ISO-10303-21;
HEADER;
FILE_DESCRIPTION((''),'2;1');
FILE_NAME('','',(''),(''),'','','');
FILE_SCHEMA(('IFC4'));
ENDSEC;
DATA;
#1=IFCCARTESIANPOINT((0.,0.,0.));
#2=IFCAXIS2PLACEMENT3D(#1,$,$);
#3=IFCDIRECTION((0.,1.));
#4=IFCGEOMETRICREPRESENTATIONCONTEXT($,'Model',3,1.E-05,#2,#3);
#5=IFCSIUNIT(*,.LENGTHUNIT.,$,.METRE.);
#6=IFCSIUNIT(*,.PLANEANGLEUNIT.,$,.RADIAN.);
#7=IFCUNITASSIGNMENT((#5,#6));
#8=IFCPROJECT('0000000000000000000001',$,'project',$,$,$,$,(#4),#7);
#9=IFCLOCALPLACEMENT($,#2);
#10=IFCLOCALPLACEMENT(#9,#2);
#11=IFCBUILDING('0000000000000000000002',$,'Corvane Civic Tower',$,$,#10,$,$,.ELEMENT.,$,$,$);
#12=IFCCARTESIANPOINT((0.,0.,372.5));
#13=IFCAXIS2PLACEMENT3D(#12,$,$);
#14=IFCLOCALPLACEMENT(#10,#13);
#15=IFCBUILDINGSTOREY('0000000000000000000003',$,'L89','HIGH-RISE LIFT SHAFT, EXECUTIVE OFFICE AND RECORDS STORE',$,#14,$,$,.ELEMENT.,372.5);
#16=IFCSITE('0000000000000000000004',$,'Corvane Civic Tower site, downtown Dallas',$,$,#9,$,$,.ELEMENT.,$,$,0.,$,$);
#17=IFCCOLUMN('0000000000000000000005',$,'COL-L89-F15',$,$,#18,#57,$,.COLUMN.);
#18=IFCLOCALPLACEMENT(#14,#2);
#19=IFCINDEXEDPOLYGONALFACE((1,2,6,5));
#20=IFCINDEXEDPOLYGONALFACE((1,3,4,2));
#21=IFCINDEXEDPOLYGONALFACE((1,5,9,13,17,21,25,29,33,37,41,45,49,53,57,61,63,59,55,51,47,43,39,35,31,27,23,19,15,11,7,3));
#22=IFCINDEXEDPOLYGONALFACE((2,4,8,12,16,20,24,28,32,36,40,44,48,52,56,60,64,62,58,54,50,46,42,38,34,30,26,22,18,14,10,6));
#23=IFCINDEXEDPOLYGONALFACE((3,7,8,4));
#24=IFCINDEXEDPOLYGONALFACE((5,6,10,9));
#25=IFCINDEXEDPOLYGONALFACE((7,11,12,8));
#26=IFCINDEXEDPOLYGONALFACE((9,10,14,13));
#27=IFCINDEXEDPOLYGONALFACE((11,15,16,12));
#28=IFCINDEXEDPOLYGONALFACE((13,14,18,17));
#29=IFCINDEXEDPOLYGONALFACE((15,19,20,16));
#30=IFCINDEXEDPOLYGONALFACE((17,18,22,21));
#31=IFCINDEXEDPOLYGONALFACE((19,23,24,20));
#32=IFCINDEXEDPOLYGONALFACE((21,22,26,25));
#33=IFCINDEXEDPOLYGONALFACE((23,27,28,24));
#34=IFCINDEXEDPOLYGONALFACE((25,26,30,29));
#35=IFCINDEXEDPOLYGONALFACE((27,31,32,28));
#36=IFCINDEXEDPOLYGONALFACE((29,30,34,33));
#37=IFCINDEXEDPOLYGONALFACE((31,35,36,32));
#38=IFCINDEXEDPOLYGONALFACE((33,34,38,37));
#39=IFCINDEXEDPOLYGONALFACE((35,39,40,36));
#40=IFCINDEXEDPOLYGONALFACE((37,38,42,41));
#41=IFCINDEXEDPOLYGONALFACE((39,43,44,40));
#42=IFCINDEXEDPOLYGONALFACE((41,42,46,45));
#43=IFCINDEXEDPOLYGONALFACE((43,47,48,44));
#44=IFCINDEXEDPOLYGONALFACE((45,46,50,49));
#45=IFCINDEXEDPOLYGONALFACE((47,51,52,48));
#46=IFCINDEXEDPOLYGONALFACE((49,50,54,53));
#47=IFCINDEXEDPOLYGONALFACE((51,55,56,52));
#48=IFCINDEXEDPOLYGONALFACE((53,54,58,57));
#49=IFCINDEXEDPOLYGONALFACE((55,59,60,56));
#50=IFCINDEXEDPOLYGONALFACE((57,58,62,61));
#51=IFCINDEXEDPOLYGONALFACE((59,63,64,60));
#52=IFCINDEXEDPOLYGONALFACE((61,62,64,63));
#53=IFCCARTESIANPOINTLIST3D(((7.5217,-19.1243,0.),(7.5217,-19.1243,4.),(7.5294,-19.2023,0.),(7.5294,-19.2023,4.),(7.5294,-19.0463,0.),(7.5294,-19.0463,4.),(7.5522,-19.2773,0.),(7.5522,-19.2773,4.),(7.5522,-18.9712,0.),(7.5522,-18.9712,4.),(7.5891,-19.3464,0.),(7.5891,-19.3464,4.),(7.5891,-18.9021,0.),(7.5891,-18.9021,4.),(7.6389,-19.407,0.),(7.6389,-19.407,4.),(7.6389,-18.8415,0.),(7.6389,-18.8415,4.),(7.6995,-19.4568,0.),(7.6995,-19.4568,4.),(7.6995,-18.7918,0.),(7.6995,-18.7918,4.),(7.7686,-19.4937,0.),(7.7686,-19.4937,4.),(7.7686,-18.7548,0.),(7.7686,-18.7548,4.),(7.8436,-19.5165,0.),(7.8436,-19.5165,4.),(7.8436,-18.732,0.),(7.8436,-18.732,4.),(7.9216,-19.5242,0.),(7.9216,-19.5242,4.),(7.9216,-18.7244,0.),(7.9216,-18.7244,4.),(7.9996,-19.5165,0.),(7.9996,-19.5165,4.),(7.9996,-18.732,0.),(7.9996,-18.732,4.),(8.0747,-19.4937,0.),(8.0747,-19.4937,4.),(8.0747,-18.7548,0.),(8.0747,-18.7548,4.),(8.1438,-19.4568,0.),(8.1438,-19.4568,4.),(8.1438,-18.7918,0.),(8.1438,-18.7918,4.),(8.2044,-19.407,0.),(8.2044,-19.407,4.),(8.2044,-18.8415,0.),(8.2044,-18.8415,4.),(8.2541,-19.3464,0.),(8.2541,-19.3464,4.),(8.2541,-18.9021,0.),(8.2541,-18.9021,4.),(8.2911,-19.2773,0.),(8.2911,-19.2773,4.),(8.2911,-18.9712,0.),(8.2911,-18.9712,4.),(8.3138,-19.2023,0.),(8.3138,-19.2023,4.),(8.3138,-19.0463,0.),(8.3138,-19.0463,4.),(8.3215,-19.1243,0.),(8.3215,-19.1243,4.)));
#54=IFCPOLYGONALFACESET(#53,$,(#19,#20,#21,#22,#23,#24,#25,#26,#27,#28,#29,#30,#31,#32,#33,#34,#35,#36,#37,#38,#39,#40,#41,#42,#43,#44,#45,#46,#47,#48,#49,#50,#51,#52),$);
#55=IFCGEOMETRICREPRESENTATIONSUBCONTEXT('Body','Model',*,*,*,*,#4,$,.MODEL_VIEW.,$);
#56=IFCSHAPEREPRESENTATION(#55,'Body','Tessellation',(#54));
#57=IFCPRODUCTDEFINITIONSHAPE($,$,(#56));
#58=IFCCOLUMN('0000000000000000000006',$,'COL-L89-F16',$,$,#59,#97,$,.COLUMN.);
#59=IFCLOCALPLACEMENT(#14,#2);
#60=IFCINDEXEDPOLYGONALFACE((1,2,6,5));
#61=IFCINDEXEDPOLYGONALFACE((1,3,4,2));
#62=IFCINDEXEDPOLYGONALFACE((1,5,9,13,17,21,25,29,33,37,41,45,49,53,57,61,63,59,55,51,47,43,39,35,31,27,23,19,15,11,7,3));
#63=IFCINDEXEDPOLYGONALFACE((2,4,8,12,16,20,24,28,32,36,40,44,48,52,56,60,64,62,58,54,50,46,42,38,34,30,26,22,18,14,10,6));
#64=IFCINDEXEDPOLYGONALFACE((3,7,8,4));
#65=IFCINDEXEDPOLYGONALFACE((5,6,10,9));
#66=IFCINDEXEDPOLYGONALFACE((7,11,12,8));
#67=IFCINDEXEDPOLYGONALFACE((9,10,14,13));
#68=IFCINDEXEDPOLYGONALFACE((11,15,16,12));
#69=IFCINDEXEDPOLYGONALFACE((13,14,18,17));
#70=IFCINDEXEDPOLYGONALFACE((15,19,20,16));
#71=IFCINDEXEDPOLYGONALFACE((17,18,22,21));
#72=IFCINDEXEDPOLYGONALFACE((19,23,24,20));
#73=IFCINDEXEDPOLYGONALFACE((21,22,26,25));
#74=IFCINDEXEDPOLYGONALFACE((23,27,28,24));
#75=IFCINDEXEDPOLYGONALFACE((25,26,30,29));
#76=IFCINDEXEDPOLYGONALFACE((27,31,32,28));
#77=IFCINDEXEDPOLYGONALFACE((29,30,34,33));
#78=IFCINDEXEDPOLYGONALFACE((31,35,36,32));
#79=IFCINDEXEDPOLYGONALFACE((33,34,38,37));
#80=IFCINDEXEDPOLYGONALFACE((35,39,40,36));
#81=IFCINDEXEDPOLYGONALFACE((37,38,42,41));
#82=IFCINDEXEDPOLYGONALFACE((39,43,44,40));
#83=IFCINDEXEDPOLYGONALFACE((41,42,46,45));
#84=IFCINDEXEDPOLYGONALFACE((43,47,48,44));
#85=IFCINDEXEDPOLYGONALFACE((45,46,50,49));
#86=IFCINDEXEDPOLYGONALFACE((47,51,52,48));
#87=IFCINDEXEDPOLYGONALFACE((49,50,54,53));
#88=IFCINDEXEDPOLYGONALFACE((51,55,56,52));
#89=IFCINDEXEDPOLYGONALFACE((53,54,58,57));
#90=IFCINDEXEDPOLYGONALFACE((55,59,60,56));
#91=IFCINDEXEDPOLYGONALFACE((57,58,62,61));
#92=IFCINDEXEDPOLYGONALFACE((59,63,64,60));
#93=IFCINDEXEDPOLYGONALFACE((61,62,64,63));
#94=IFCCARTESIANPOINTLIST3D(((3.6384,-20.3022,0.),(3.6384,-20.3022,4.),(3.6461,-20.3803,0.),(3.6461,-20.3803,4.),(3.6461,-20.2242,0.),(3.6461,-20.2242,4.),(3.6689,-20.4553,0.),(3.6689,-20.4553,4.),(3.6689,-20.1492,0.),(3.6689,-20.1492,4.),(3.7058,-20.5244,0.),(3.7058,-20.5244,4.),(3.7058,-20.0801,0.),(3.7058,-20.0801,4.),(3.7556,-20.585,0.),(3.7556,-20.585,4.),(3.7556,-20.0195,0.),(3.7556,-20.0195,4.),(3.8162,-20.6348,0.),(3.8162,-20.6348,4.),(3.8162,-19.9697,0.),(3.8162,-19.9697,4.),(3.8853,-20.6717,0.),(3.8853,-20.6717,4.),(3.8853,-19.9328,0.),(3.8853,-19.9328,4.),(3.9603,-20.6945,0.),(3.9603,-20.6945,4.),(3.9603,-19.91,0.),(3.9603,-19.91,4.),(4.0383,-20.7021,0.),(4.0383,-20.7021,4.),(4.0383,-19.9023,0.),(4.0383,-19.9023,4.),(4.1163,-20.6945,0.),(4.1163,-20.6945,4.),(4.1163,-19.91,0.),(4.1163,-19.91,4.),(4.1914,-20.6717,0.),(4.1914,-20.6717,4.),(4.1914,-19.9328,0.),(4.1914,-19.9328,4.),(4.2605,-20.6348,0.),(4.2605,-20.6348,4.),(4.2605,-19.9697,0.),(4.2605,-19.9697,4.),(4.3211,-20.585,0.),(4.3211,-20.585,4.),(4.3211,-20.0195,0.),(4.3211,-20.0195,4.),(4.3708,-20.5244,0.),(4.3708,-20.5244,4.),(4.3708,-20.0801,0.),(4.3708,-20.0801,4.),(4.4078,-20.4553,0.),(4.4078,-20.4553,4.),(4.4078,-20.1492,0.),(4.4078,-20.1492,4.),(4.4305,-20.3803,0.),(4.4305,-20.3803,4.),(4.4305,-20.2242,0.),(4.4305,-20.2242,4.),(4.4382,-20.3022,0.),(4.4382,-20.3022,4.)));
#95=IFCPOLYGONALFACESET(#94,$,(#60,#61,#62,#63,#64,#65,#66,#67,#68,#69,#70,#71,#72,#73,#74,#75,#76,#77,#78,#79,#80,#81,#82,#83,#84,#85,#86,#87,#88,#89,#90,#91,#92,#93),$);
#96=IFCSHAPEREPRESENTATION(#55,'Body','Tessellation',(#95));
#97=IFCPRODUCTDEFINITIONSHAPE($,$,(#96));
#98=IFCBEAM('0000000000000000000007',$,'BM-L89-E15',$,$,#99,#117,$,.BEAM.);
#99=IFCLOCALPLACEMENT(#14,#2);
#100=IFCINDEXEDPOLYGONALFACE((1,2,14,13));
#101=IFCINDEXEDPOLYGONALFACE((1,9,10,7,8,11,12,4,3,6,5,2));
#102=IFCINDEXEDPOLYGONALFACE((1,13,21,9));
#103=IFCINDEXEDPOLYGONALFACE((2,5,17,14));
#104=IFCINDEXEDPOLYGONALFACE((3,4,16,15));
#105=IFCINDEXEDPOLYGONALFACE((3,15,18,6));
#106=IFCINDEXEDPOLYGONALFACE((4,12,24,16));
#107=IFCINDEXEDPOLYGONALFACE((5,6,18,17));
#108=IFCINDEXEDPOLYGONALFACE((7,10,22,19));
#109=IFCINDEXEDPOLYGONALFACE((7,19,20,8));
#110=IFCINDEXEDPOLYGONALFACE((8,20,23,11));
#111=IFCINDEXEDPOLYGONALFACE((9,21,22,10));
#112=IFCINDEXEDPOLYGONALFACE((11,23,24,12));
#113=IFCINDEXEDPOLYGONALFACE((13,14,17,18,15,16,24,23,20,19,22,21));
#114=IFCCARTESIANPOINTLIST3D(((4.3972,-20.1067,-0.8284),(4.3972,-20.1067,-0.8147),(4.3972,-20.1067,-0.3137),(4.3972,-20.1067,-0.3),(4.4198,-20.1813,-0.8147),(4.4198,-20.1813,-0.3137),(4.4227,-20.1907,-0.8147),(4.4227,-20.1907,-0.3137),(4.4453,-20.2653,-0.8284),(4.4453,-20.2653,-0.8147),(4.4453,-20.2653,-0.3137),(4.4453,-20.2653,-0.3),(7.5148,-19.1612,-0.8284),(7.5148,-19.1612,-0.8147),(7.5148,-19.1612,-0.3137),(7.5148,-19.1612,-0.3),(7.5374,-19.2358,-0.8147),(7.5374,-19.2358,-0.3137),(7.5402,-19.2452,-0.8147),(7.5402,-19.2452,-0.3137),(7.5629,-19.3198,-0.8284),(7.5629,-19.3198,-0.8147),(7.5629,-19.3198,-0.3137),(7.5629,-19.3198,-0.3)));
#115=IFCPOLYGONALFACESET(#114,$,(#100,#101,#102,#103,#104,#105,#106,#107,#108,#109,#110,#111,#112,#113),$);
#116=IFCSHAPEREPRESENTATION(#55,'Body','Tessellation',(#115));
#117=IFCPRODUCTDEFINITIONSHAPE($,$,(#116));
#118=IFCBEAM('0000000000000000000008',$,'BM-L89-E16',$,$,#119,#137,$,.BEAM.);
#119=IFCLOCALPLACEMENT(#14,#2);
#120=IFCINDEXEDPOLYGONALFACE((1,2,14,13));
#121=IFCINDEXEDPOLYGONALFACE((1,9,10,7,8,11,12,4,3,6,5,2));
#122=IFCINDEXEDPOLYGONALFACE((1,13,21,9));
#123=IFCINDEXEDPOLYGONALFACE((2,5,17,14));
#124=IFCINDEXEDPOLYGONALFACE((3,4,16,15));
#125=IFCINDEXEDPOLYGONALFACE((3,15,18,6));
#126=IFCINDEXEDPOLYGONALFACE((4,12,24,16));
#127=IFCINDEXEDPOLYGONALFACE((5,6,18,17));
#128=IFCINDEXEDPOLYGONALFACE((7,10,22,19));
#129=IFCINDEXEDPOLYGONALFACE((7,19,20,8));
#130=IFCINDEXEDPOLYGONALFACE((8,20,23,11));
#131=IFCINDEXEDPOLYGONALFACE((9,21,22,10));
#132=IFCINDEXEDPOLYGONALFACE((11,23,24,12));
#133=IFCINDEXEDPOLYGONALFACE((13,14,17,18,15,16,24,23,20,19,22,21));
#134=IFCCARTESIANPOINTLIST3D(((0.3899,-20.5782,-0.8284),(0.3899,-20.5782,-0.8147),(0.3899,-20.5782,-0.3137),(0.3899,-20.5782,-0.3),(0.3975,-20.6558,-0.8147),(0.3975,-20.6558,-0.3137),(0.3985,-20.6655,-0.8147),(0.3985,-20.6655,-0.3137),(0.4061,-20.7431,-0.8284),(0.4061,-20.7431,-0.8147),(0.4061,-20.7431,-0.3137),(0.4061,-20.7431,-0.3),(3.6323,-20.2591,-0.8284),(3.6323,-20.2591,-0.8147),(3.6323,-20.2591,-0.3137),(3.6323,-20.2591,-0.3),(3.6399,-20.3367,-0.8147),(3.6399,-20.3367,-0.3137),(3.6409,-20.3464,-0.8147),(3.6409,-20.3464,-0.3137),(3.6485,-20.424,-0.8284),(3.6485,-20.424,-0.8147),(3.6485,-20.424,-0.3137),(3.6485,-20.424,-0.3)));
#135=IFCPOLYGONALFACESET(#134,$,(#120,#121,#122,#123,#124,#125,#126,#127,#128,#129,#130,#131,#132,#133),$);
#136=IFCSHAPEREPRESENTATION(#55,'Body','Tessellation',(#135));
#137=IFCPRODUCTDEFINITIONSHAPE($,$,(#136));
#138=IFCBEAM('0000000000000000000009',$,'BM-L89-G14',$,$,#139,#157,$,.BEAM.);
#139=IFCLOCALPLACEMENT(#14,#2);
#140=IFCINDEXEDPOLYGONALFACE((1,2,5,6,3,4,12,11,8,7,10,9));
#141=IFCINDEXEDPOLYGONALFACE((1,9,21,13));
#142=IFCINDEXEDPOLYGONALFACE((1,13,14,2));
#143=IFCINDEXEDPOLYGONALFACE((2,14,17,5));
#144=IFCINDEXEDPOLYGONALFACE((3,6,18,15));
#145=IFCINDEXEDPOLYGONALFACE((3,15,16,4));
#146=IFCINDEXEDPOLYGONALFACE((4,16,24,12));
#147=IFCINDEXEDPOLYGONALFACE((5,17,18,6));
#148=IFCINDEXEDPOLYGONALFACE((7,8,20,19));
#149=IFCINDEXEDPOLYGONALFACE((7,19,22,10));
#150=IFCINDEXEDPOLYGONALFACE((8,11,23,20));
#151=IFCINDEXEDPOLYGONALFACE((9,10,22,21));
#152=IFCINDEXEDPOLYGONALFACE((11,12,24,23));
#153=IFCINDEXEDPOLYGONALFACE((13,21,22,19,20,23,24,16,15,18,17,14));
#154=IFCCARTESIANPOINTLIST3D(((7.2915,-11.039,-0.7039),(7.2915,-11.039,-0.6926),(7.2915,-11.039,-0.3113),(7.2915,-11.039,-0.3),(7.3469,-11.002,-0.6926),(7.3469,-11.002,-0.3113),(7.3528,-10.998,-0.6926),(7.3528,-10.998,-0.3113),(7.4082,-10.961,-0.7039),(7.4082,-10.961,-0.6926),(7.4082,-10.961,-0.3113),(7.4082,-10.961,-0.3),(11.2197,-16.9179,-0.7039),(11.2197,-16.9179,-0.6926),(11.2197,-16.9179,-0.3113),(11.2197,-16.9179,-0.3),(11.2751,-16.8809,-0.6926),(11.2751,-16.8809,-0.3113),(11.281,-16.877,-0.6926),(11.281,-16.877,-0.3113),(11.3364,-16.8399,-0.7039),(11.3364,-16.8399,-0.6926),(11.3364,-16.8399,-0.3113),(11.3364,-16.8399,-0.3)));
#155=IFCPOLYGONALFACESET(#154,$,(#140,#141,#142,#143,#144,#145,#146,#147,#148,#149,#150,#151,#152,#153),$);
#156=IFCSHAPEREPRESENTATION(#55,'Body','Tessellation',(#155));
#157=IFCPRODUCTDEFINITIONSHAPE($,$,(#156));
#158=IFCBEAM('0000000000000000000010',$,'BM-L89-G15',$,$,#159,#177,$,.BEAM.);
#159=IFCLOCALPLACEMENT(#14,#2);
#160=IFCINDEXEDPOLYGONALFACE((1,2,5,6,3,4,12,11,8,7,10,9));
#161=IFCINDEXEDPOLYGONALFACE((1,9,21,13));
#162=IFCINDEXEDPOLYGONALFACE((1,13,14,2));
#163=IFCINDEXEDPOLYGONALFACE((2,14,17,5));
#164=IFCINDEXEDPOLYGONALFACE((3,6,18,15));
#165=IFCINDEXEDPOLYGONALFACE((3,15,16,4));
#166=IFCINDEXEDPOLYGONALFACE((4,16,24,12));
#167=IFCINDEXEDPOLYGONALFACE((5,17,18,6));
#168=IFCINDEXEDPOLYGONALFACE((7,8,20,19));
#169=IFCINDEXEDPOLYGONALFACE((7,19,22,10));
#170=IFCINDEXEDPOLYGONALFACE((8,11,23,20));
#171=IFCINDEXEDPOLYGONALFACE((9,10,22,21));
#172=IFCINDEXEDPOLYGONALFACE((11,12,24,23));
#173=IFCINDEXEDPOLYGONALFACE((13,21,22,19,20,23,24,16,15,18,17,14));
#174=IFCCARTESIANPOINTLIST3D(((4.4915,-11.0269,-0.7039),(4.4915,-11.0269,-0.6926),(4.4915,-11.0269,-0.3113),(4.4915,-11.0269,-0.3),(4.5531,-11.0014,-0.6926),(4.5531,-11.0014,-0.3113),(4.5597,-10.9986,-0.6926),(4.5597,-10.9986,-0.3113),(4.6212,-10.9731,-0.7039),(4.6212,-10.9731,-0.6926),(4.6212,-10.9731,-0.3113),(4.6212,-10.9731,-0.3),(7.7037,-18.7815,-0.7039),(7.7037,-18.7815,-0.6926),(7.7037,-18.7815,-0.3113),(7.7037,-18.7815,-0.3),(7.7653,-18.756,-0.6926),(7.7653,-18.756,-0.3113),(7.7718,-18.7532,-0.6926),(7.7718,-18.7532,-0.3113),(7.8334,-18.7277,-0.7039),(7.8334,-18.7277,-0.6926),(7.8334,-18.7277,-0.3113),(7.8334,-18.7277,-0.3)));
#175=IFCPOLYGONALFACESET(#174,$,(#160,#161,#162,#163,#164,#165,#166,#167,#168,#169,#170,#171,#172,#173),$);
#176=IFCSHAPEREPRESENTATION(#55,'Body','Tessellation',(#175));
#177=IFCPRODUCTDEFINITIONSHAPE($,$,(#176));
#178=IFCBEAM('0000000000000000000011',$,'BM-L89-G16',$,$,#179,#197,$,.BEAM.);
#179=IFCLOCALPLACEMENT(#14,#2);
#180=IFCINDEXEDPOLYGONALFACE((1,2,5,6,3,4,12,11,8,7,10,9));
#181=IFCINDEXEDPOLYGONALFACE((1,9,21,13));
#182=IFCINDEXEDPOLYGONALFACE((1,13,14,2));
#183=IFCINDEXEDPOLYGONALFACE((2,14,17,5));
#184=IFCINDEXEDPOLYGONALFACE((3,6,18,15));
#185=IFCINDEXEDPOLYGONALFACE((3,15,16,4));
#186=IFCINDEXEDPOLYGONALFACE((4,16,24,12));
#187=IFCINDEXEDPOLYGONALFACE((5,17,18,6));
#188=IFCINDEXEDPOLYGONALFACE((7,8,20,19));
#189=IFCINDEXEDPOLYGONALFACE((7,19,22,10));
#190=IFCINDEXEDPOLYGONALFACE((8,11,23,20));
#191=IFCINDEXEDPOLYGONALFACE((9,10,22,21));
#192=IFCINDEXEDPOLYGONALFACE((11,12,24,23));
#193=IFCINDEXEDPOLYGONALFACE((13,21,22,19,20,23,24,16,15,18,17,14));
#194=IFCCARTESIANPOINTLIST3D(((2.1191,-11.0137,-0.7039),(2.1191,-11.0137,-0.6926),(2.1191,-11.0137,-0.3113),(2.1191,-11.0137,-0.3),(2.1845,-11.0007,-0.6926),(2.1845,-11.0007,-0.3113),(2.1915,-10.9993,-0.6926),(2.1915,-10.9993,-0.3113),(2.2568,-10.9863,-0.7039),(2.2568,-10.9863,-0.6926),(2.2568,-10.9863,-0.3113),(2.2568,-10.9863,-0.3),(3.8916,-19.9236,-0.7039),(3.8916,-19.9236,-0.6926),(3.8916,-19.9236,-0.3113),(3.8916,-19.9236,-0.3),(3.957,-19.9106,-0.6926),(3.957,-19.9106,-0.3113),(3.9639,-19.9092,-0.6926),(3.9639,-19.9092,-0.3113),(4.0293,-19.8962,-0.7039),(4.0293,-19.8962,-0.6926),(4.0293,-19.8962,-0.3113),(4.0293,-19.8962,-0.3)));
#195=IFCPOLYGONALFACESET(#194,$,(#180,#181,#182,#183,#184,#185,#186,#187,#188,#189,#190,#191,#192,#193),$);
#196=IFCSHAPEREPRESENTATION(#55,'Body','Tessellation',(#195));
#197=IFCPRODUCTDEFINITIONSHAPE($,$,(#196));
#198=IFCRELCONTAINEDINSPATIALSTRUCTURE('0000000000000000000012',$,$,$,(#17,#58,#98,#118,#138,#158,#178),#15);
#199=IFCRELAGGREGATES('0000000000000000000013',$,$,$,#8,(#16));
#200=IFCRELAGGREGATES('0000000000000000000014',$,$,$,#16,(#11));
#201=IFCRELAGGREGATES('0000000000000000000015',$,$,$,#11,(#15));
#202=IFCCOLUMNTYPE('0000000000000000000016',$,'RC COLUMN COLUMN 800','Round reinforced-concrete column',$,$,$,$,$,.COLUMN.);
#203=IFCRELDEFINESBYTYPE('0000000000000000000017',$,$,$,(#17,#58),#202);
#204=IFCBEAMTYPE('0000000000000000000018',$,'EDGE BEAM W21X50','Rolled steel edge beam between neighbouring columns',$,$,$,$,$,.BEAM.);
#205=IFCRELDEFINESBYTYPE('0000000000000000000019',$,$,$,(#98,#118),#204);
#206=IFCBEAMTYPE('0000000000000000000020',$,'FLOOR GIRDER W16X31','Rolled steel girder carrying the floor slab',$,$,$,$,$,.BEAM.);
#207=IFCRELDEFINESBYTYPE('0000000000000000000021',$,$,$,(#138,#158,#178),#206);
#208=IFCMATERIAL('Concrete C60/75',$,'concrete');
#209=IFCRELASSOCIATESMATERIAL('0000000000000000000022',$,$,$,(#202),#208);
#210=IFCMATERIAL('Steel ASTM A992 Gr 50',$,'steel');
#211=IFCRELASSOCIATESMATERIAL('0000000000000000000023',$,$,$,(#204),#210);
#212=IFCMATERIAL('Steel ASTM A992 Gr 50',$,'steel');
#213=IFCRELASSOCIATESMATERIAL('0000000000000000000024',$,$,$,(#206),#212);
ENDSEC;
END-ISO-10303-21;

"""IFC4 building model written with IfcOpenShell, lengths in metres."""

from ifc_helpers import new_model, si_unit, direction, frame, origin, origin_2d, place, context, subcontext, project, spatial, circle, i_section, extrude, material, material_profile, profile_set, type_object, element, save


model = new_model("IFC4")

# Units and contexts
model_context = context("Model", 3, precision=1e-05, world=origin(), true_north=direction((0.0, 1.0)))
body_context = subcontext(model_context, "Body", "Model", "MODEL_VIEW")
ifc_project = project(units=[si_unit("LENGTHUNIT", "METRE"), si_unit("PLANEANGLEUNIT", "RADIAN")], contexts=[model_context])

# Site, building, storey
site_placement = place(None, origin())
site = spatial("IfcSite", under=ifc_project, at=site_placement, Name="Corvane Civic Tower site, downtown Dallas", CompositionType="ELEMENT", RefElevation=0.0)
building_placement = place(site_placement, origin())
building = spatial("IfcBuilding", under=site, at=building_placement, Name="Corvane Civic Tower", CompositionType="ELEMENT")
storey_placement = place(building_placement, frame((0.0, 0.0, 372.5)))
storey = spatial("IfcBuildingStorey", under=building, at=storey_placement, Name="L89", Description="HIGH-RISE LIFT SHAFT, EXECUTIVE OFFICE AND RECORDS STORE", CompositionType="ELEMENT", Elevation=372.5)

# Columns
ifc_material_1 = material(Name="Concrete C60/75", Category="concrete")
ifc_material_profile_1 = material_profile(ifc_material_1, circle(Radius=0.3999, at=origin_2d()), Name="COLUMN 800")
ifc_profile_set_1 = profile_set([ifc_material_profile_1], Name="Concrete C60/75")
column_type = type_object("IfcColumnType", Name="RC COLUMN COLUMN 800", Description="Round reinforced-concrete column", PredefinedType="COLUMN", material=ifc_profile_set_1)
for number, where, z_axis, x_axis, name in (
    (1, (7.9216, -19.1243, 0.0), (0.0, 0.0, 1.0), (1.0, 0.0, 0.0), "COL-L89-F15"),
    (2, (4.0383, -20.3022, 0.0), (0.0, 0.0, 1.0), (1.0, 0.0, 0.0), "COL-L89-F16"),
):
    element("IfcColumn", number, at=place(storey_placement, frame(where, z_axis=z_axis, x_axis=x_axis)), inside=storey, type_object=column_type, Name=name, PredefinedType="COLUMN", context=body_context, shape_type="SweptSolid", body=[
        extrude(circle(Radius=0.3999, at=origin_2d()), origin(), (0.0, 0.0, 1.0), 4.0),
    ])

# Beams
ifc_material_2 = material(Name="Steel ASTM A992 Gr 50", Category="steel")
ifc_material_profile_2 = material_profile(ifc_material_2, i_section(OverallWidth=0.1658, OverallDepth=0.5283, WebThickness=0.0098, FlangeThickness=0.0137, at=origin_2d()), Name="W21X50")
ifc_profile_set_2 = profile_set([ifc_material_profile_2], Name="Steel ASTM A992 Gr 50")
beam_type_1 = type_object("IfcBeamType", Name="EDGE BEAM W21X50", Description="Rolled steel edge beam between neighbouring columns", PredefinedType="BEAM", material=ifc_profile_set_2)
beam_1_placement = place(storey_placement, frame((7.5388, -19.2405, -0.5642), z_axis=(-0.956956, -0.290234, 0.0), x_axis=(0.290234, -0.956956, 0.0)))
element("IfcBeam", 3, at=beam_1_placement, inside=storey, type_object=beam_type_1, Name="BM-L89-E15", PredefinedType="BEAM", context=body_context, shape_type="SweptSolid", body=[
    extrude(i_section(OverallWidth=0.1658, OverallDepth=0.5283, WebThickness=0.0098, FlangeThickness=0.0137, at=origin_2d()), origin(), (0.0, 0.0, 1.0), 3.2578),
])
beam_2_placement = place(storey_placement, frame((3.6404, -20.3416, -0.5642), z_axis=(-0.995193, -0.097938, 0.0), x_axis=(0.097938, -0.995193, 0.0)))
element("IfcBeam", 4, at=beam_2_placement, inside=storey, type_object=beam_type_1, Name="BM-L89-E16", PredefinedType="BEAM", context=body_context, shape_type="SweptSolid", body=[
    extrude(i_section(OverallWidth=0.1658, OverallDepth=0.5283, WebThickness=0.0098, FlangeThickness=0.0137, at=origin_2d()), origin(), (0.0, 0.0, 1.0), 3.2581),
])
ifc_material_3 = material(Name="Steel ASTM A992 Gr 50", Category="steel")
ifc_material_profile_3 = material_profile(ifc_material_3, i_section(OverallWidth=0.1404, OverallDepth=0.4038, WebThickness=0.0071, FlangeThickness=0.0112, at=origin_2d()), Name="W16X31")
ifc_profile_set_3 = profile_set([ifc_material_profile_3], Name="Steel ASTM A992 Gr 50")
beam_type_2 = type_object("IfcBeamType", Name="FLOOR GIRDER W16X31", Description="Rolled steel girder carrying the floor slab", PredefinedType="BEAM", material=ifc_profile_set_3)
beam_3_placement = place(storey_placement, frame((7.3499, -11.0, -0.502), z_axis=(0.555576, -0.831465, 0.0), x_axis=(0.831465, 0.555576, 0.0)))
element("IfcBeam", 5, at=beam_3_placement, inside=storey, type_object=beam_type_2, Name="BM-L89-G14", PredefinedType="BEAM", context=body_context, shape_type="SweptSolid", body=[
    extrude(i_section(OverallWidth=0.1404, OverallDepth=0.4038, WebThickness=0.0071, FlangeThickness=0.0112, at=origin_2d()), origin(), (0.0, 0.0, 1.0), 7.0706),
])
beam_4_placement = place(storey_placement, frame((4.5564, -11.0, -0.502), z_axis=(0.382692, -0.923876, 0.0), x_axis=(0.923876, 0.382692, 0.0)))
element("IfcBeam", 6, at=beam_4_placement, inside=storey, type_object=beam_type_2, Name="BM-L89-G15", PredefinedType="BEAM", context=body_context, shape_type="SweptSolid", body=[
    extrude(i_section(OverallWidth=0.1404, OverallDepth=0.4038, WebThickness=0.0071, FlangeThickness=0.0112, at=origin_2d()), origin(), (0.0, 0.0, 1.0), 8.3936),
])
beam_5_placement = place(storey_placement, frame((2.188, -11.0, -0.502), z_axis=(0.195108, -0.980782, 0.0), x_axis=(0.980782, 0.195108, 0.0)))
element("IfcBeam", 7, at=beam_5_placement, inside=storey, type_object=beam_type_2, Name="BM-L89-G16", PredefinedType="BEAM", context=body_context, shape_type="SweptSolid", body=[
    extrude(i_section(OverallWidth=0.1404, OverallDepth=0.4038, WebThickness=0.0071, FlangeThickness=0.0112, at=origin_2d()), origin(), (0.0, 0.0, 1.0), 9.0845),
])

save(model, "model.ifc")
